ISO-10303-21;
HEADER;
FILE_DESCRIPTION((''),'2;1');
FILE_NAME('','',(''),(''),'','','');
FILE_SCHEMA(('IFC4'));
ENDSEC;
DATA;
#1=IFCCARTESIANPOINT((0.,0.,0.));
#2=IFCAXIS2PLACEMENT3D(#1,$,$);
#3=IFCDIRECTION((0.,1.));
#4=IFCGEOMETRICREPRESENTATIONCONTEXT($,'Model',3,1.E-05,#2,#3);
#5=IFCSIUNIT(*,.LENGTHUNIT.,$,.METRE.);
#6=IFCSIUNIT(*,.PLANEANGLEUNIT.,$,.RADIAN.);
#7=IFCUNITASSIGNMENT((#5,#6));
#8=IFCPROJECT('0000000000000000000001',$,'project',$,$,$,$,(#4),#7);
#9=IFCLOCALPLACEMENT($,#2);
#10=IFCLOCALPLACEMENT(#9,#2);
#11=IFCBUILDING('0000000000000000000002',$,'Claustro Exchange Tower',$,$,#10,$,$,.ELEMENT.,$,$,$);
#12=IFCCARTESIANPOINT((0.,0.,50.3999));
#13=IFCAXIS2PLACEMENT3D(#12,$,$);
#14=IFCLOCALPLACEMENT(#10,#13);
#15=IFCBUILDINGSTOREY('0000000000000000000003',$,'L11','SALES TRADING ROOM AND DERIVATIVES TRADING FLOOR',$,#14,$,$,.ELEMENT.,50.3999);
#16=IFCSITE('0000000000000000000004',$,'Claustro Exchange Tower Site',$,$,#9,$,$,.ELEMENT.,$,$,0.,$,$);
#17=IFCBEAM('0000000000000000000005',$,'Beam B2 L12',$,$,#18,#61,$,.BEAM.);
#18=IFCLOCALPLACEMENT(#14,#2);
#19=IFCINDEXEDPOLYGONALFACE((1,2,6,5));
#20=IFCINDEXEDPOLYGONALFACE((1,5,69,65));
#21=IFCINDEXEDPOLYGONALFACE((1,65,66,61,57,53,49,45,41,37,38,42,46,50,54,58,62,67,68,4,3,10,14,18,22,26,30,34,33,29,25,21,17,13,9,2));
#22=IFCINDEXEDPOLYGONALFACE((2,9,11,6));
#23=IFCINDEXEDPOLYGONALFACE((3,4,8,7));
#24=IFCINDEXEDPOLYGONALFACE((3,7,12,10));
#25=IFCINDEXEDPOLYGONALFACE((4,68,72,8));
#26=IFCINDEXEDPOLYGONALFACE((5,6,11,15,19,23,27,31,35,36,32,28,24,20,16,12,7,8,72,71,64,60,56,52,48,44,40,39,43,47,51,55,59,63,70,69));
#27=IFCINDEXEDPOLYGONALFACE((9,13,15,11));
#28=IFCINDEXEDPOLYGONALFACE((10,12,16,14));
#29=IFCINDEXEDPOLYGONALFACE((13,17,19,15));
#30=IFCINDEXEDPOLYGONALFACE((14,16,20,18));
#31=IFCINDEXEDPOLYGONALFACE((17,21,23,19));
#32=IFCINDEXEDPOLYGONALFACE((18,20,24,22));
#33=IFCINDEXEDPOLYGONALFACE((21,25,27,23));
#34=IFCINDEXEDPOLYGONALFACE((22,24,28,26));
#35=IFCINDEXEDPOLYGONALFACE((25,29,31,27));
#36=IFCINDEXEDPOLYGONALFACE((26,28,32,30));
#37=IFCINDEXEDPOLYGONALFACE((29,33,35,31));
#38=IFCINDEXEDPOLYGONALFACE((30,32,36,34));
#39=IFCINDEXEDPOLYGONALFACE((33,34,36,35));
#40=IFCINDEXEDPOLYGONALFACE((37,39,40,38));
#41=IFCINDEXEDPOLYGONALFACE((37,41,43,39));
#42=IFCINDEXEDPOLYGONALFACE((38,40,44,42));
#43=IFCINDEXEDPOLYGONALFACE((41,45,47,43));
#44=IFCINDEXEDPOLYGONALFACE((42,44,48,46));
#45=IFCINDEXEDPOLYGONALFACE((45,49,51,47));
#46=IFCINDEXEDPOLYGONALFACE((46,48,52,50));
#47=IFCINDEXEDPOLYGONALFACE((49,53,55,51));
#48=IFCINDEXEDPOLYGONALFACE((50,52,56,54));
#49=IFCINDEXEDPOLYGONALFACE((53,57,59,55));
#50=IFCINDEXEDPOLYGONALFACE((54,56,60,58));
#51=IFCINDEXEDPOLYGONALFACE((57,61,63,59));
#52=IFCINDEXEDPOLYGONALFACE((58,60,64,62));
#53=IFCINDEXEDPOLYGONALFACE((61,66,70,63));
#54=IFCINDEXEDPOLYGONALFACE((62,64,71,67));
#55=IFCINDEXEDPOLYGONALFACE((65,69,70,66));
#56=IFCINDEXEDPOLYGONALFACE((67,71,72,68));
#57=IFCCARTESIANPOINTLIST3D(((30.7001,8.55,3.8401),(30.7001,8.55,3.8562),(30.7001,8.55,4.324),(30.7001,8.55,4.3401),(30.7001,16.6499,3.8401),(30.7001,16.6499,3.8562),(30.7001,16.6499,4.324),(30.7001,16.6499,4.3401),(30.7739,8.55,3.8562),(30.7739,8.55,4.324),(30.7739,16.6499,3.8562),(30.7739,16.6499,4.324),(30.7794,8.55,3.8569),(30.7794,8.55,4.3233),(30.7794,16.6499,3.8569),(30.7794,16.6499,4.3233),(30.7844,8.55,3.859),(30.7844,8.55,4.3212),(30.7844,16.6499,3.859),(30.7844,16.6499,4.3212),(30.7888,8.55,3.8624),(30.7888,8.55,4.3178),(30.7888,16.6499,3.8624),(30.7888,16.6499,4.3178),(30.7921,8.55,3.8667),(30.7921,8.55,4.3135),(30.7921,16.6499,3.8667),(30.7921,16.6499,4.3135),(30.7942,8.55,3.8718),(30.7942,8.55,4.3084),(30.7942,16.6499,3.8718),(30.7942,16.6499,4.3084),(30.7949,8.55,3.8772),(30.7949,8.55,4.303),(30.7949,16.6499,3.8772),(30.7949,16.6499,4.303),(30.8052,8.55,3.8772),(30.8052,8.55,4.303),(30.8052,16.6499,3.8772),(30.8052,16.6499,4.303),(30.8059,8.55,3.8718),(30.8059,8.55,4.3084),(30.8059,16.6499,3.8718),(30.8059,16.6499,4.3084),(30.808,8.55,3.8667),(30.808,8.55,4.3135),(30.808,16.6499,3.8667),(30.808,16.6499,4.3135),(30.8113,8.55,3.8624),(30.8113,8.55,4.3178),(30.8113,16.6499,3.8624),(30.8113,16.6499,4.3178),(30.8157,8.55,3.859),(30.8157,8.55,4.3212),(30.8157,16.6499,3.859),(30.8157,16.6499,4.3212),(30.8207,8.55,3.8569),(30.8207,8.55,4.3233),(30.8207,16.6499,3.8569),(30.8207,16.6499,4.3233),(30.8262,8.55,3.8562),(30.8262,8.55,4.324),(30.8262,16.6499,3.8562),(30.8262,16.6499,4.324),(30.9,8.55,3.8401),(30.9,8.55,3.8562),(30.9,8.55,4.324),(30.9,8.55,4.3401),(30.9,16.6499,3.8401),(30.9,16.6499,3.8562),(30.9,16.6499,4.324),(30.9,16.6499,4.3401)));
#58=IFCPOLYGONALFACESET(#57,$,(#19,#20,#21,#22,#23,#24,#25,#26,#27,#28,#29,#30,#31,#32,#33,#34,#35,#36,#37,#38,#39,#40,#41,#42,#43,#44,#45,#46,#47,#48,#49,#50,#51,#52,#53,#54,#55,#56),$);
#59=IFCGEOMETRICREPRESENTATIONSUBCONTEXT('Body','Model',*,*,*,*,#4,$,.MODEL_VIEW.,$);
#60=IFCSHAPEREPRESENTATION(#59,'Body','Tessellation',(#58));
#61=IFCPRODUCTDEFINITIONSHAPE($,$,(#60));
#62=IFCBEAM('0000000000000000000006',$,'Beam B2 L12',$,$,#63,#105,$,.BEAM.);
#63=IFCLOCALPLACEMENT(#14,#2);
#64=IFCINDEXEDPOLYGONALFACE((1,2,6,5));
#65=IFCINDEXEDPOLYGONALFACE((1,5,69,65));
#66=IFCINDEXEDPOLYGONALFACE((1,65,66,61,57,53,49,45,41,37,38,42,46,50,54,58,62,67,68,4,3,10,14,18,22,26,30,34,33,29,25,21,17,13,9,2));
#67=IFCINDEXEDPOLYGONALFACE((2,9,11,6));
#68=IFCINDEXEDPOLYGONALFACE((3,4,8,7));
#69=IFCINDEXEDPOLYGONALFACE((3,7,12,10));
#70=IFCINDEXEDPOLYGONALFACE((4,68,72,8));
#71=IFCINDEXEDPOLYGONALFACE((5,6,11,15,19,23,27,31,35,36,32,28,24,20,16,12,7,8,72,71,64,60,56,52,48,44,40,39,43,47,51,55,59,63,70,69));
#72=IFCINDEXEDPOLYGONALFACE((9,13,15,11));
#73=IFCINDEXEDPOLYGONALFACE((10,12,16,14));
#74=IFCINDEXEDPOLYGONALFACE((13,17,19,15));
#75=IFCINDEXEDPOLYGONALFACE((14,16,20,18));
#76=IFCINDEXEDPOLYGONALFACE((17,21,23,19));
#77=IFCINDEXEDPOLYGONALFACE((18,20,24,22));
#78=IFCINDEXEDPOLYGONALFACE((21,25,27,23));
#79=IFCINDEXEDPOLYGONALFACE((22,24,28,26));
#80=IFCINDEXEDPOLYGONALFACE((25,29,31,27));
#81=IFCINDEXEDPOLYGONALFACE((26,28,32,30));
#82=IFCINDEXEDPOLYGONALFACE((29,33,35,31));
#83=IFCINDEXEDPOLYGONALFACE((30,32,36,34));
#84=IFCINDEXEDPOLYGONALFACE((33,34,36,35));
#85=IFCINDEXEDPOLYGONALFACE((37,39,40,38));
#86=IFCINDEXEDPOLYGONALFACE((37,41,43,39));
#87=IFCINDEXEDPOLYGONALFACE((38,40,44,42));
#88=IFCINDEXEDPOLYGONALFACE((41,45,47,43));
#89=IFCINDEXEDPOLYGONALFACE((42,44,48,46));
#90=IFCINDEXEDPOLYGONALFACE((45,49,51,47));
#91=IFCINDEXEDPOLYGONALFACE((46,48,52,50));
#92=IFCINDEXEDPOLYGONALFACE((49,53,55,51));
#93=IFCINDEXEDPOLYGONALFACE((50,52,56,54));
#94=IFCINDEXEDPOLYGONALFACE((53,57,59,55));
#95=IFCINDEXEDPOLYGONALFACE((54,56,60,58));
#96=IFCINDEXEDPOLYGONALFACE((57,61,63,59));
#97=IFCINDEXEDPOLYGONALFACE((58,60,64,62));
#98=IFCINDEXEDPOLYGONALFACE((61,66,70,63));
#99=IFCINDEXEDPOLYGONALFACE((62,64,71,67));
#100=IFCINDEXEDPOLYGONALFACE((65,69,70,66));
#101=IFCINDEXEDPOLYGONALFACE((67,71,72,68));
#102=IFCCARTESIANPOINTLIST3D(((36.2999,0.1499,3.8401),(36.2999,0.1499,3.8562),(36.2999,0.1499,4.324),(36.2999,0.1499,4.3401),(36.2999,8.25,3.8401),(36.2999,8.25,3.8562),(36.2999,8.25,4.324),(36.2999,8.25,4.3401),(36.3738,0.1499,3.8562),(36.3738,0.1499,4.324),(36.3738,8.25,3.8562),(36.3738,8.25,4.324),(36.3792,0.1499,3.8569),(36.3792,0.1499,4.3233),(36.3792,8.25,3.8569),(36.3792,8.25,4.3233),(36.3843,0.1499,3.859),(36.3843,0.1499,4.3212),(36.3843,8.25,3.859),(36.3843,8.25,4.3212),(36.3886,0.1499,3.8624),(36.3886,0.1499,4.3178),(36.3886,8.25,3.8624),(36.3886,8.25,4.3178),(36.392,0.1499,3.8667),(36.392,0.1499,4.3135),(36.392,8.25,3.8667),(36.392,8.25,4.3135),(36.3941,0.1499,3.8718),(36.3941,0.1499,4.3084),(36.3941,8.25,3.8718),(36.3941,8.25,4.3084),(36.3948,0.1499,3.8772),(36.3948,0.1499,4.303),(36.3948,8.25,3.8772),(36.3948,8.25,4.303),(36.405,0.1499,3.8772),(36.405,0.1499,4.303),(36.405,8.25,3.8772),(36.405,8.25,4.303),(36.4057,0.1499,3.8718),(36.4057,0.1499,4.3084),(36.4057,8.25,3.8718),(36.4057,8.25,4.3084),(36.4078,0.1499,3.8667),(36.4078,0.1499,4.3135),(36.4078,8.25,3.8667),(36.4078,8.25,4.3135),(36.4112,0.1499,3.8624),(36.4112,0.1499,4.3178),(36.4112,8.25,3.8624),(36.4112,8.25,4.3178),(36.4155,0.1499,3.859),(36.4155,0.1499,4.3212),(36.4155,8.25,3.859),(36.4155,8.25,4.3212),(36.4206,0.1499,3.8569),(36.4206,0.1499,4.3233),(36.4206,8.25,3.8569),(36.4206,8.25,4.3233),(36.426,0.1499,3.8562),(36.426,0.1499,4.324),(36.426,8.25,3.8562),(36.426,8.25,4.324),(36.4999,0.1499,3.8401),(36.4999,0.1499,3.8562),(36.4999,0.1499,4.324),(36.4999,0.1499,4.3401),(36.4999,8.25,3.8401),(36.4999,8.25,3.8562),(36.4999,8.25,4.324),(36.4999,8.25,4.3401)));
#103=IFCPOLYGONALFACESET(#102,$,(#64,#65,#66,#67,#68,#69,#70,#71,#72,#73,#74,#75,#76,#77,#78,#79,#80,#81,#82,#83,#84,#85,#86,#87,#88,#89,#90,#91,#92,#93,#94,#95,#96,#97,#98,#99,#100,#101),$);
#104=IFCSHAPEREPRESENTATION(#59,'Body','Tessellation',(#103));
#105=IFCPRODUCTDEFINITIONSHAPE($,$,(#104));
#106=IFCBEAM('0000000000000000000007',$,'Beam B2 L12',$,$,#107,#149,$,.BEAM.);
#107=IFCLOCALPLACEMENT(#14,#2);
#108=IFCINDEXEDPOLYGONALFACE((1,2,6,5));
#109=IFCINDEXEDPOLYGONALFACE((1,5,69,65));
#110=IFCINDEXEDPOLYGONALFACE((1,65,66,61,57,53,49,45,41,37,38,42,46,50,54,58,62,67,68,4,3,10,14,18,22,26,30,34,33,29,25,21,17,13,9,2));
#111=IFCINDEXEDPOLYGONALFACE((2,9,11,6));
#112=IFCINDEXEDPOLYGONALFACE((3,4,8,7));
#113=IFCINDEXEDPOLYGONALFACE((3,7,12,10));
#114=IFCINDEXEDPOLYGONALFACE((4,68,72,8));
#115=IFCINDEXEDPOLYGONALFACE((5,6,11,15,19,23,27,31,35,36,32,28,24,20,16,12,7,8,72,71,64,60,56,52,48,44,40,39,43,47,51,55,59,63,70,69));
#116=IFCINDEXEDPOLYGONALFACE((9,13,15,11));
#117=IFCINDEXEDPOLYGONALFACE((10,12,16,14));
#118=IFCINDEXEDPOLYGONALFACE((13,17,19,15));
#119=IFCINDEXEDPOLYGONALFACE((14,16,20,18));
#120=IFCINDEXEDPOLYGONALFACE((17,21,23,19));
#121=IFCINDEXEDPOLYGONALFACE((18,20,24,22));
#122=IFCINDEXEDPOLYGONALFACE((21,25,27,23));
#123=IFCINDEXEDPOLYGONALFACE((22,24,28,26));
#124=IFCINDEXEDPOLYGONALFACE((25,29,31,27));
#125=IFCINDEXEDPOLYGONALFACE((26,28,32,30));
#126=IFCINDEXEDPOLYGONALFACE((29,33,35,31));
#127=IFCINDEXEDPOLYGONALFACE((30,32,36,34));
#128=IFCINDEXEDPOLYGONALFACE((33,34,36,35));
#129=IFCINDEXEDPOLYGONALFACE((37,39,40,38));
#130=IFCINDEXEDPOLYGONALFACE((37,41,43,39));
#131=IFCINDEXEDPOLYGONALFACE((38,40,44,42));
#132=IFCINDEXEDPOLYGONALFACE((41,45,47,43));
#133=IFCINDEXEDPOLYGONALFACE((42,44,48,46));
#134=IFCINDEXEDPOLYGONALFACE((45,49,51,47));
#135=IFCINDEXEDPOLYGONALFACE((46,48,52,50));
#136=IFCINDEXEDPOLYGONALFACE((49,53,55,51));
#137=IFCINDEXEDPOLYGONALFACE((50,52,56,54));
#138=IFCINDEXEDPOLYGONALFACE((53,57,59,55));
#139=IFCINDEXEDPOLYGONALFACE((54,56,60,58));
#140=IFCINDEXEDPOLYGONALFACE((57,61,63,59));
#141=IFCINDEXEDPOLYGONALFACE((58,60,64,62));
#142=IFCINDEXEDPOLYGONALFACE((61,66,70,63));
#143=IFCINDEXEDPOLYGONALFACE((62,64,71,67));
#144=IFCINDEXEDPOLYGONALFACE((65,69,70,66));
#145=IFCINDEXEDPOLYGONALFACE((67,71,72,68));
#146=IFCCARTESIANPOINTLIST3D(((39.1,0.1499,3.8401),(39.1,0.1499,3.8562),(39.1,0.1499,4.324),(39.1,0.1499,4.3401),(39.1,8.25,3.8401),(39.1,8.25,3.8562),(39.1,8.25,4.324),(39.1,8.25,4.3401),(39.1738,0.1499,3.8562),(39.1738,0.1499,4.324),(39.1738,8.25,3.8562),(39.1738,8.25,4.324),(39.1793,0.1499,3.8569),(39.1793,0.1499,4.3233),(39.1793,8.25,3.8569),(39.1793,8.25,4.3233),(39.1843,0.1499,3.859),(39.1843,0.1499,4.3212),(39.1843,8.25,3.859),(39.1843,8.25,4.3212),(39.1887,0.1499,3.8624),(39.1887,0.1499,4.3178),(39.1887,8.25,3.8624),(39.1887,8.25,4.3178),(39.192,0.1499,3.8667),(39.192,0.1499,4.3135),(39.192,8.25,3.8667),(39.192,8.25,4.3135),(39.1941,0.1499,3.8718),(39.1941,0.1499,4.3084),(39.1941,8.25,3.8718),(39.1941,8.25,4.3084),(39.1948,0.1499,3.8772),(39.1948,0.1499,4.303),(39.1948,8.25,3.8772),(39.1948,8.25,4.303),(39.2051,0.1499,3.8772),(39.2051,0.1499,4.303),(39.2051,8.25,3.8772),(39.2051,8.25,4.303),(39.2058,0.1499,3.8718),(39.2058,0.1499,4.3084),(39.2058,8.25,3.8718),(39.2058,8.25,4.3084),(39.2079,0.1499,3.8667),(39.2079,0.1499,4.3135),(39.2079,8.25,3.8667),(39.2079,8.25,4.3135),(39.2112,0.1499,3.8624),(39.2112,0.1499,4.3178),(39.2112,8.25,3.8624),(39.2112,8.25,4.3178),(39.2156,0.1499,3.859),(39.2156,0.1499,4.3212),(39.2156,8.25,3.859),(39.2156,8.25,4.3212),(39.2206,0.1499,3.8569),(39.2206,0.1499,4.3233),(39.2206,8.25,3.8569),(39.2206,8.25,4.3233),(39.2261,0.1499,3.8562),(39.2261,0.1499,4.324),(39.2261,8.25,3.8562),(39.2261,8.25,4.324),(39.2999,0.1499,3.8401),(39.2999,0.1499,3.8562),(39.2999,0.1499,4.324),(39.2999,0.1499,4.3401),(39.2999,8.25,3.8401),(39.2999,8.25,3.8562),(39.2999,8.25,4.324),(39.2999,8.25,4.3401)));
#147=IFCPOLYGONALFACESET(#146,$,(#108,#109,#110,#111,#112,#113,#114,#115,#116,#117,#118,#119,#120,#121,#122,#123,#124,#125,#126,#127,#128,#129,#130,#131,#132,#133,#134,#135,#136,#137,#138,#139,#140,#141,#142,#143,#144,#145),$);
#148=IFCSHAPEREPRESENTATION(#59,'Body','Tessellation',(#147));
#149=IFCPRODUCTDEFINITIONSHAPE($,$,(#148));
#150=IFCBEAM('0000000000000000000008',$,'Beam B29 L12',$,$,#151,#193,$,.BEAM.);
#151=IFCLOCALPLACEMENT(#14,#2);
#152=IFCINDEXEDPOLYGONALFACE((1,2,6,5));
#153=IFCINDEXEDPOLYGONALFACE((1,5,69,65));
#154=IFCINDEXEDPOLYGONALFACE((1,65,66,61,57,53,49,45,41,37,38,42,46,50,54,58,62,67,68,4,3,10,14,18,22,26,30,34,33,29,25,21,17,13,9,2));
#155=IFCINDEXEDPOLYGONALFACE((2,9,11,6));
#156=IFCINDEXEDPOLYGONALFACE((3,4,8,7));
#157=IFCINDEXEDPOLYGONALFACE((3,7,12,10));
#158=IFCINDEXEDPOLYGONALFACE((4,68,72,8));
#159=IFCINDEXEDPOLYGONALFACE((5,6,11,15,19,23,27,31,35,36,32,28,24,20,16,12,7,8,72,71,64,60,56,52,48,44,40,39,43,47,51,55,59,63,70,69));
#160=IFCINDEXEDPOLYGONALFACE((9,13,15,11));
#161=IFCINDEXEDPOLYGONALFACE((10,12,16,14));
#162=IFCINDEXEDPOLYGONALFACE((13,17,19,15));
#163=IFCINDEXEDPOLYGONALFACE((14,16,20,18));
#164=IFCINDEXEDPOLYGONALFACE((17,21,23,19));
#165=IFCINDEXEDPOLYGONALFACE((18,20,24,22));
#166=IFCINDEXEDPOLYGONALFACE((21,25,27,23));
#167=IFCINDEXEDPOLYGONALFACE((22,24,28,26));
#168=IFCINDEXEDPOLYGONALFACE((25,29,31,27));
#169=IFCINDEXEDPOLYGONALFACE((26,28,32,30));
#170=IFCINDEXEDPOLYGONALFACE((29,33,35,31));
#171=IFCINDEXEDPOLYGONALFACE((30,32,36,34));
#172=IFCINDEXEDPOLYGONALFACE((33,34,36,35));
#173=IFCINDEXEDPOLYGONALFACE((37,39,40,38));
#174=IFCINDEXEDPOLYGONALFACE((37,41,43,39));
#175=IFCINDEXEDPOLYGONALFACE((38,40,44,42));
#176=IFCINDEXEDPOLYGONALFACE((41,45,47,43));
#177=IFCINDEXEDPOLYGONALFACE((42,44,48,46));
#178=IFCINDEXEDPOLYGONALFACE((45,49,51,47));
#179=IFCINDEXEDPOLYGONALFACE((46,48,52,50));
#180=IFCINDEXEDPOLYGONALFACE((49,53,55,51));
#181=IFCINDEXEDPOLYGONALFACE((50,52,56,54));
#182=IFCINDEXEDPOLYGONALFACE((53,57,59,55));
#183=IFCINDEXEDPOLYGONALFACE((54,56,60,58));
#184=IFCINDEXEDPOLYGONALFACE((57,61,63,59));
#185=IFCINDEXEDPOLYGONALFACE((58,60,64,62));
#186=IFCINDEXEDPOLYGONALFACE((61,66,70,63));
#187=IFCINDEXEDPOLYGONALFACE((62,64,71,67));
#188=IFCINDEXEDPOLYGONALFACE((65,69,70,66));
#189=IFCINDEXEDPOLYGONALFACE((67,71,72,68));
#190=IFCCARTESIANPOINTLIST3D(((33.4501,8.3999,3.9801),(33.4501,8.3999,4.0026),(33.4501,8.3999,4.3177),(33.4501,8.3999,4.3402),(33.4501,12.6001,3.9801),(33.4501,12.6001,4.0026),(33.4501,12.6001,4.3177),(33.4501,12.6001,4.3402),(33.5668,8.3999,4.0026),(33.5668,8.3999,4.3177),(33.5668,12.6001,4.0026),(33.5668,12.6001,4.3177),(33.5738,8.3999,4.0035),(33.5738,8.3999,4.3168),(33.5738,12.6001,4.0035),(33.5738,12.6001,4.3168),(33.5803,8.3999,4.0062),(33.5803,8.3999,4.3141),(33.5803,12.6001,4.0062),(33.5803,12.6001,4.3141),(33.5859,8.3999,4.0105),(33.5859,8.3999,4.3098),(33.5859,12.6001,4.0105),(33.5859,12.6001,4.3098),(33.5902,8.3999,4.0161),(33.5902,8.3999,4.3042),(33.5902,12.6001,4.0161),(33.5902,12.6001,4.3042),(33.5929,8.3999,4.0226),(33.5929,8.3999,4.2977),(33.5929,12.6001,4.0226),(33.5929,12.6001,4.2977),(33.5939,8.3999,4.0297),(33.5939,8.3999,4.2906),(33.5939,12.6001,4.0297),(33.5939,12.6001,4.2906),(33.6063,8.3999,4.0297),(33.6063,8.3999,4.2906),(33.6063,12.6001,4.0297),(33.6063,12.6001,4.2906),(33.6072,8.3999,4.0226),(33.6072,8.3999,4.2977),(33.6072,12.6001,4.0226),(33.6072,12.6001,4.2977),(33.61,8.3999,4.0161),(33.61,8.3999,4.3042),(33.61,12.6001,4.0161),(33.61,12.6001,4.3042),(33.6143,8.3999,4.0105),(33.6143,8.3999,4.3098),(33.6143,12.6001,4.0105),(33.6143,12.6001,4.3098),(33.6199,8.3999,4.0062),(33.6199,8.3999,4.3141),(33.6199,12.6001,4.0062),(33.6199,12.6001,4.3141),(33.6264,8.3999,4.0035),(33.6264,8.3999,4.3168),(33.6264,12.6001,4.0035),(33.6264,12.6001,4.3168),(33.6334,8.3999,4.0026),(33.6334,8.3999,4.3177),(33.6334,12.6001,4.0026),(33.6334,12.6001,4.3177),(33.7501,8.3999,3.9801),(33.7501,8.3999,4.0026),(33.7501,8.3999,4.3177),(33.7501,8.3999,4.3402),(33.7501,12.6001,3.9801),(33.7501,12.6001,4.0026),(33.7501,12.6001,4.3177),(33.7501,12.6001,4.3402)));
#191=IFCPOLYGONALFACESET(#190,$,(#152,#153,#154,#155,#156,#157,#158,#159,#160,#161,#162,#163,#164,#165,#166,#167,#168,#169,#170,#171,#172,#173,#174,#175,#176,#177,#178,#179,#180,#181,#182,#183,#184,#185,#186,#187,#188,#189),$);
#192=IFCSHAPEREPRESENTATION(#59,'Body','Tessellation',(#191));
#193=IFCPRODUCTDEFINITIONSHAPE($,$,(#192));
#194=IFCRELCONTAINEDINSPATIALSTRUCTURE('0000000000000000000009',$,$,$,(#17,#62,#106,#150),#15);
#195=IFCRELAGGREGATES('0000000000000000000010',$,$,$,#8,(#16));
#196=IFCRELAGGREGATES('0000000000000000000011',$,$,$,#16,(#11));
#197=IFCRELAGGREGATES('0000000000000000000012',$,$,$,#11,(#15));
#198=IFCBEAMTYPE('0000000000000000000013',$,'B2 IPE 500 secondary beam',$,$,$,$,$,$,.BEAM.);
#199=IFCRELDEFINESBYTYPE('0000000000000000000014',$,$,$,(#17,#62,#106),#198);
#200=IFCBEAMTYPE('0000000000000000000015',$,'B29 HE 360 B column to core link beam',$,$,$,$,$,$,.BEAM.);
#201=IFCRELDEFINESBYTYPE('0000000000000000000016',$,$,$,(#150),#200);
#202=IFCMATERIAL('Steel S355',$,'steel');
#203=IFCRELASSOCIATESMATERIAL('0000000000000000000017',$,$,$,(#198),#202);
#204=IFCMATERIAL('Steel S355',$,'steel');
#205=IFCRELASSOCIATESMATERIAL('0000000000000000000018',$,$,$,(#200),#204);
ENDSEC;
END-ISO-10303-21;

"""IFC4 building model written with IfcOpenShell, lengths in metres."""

from ifc_helpers import new_model, si_unit, direction, frame, origin, origin_2d, place, context, subcontext, project, spatial, i_section, extrude, material, material_profile, profile_set, type_object, element, save


model = new_model("IFC4")

# Units and contexts
model_context = context("Model", 3, precision=1e-05, world=origin(), true_north=direction((0.0, 1.0)))
body_context = subcontext(model_context, "Body", "Model", "MODEL_VIEW")
ifc_project = project(units=[si_unit("LENGTHUNIT", "METRE"), si_unit("PLANEANGLEUNIT", "RADIAN")], contexts=[model_context])

# Site, building, storey
site_placement = place(None, origin())
site = spatial("IfcSite", under=ifc_project, at=site_placement, Name="Claustro Exchange Tower Site", CompositionType="ELEMENT", RefElevation=0.0)
building_placement = place(site_placement, origin())
building = spatial("IfcBuilding", under=site, at=building_placement, Name="Claustro Exchange Tower", CompositionType="ELEMENT")
storey_placement = place(building_placement, frame((0.0, 0.0, 50.3999)))
storey = spatial("IfcBuildingStorey", under=building, at=storey_placement, Name="L11", Description="SALES TRADING ROOM AND DERIVATIVES TRADING FLOOR", CompositionType="ELEMENT", Elevation=50.3999)

# Beams
ifc_material_1 = material(Name="Steel S355", Category="steel")
ifc_material_profile_1 = material_profile(ifc_material_1, i_section(OverallWidth=0.2, OverallDepth=0.5, WebThickness=0.0103, FlangeThickness=0.0161, FilletRadius=0.021, at=origin_2d()), Name="IPE 500")
ifc_profile_set_1 = profile_set([ifc_material_profile_1], Name="Steel S355")
beam_type_1 = type_object("IfcBeamType", Name="B2 IPE 500 secondary beam", PredefinedType="BEAM", material=ifc_profile_set_1)
beam_1_placement = place(storey_placement, frame((30.8, 8.55, 4.0901), z_axis=(0.0, 1.0, 0.0), x_axis=(-1.0, 0.0, 0.0)))
element("IfcBeam", 1, at=beam_1_placement, inside=storey, type_object=beam_type_1, Name="Beam B2 L12", PredefinedType="BEAM", context=body_context, shape_type="SweptSolid", body=[
    extrude(i_section(OverallWidth=0.2, OverallDepth=0.5, WebThickness=0.0103, FlangeThickness=0.0161, FilletRadius=0.021, at=origin_2d()), origin(), (0.0, 0.0, 1.0), 8.0999),
])
for number, where, z_axis, x_axis, name in (
    (2, (36.3999, 0.1499, 4.0901), (0.0, 1.0, 0.0), (-1.0, 0.0, 0.0), "Beam B2 L12"),
    (3, (39.2, 0.1499, 4.0901), (0.0, 1.0, 0.0), (-1.0, 0.0, 0.0), "Beam B2 L12"),
):
    element("IfcBeam", number, at=place(storey_placement, frame(where, z_axis=z_axis, x_axis=x_axis)), inside=storey, type_object=beam_type_1, Name=name, PredefinedType="BEAM", context=body_context, shape_type="SweptSolid", body=[
        extrude(i_section(OverallWidth=0.2, OverallDepth=0.5, WebThickness=0.0103, FlangeThickness=0.0161, FilletRadius=0.021, at=origin_2d()), origin(), (0.0, 0.0, 1.0), 8.1001),
    ])
ifc_material_2 = material(Name="Steel S355", Category="steel")
ifc_material_profile_2 = material_profile(ifc_material_2, i_section(OverallWidth=0.3, OverallDepth=0.3601, WebThickness=0.0125, FlangeThickness=0.0225, FilletRadius=0.0271, at=origin_2d()), Name="HE 360 B")
ifc_profile_set_2 = profile_set([ifc_material_profile_2], Name="Steel S355")
beam_type_2 = type_object("IfcBeamType", Name="B29 HE 360 B column to core link beam", PredefinedType="BEAM", material=ifc_profile_set_2)
beam_2_placement = place(storey_placement, frame((33.6001, 8.3999, 4.1602), z_axis=(0.0, 1.0, 0.0), x_axis=(-1.0, 0.0, 0.0)))
element("IfcBeam", 4, at=beam_2_placement, inside=storey, type_object=beam_type_2, Name="Beam B29 L12", PredefinedType="BEAM", context=body_context, shape_type="SweptSolid", body=[
    extrude(i_section(OverallWidth=0.3, OverallDepth=0.3601, WebThickness=0.0125, FlangeThickness=0.0225, FilletRadius=0.0271, at=origin_2d()), origin(), (0.0, 0.0, 1.0), 4.2002),
])

save(model, "model.ifc")
